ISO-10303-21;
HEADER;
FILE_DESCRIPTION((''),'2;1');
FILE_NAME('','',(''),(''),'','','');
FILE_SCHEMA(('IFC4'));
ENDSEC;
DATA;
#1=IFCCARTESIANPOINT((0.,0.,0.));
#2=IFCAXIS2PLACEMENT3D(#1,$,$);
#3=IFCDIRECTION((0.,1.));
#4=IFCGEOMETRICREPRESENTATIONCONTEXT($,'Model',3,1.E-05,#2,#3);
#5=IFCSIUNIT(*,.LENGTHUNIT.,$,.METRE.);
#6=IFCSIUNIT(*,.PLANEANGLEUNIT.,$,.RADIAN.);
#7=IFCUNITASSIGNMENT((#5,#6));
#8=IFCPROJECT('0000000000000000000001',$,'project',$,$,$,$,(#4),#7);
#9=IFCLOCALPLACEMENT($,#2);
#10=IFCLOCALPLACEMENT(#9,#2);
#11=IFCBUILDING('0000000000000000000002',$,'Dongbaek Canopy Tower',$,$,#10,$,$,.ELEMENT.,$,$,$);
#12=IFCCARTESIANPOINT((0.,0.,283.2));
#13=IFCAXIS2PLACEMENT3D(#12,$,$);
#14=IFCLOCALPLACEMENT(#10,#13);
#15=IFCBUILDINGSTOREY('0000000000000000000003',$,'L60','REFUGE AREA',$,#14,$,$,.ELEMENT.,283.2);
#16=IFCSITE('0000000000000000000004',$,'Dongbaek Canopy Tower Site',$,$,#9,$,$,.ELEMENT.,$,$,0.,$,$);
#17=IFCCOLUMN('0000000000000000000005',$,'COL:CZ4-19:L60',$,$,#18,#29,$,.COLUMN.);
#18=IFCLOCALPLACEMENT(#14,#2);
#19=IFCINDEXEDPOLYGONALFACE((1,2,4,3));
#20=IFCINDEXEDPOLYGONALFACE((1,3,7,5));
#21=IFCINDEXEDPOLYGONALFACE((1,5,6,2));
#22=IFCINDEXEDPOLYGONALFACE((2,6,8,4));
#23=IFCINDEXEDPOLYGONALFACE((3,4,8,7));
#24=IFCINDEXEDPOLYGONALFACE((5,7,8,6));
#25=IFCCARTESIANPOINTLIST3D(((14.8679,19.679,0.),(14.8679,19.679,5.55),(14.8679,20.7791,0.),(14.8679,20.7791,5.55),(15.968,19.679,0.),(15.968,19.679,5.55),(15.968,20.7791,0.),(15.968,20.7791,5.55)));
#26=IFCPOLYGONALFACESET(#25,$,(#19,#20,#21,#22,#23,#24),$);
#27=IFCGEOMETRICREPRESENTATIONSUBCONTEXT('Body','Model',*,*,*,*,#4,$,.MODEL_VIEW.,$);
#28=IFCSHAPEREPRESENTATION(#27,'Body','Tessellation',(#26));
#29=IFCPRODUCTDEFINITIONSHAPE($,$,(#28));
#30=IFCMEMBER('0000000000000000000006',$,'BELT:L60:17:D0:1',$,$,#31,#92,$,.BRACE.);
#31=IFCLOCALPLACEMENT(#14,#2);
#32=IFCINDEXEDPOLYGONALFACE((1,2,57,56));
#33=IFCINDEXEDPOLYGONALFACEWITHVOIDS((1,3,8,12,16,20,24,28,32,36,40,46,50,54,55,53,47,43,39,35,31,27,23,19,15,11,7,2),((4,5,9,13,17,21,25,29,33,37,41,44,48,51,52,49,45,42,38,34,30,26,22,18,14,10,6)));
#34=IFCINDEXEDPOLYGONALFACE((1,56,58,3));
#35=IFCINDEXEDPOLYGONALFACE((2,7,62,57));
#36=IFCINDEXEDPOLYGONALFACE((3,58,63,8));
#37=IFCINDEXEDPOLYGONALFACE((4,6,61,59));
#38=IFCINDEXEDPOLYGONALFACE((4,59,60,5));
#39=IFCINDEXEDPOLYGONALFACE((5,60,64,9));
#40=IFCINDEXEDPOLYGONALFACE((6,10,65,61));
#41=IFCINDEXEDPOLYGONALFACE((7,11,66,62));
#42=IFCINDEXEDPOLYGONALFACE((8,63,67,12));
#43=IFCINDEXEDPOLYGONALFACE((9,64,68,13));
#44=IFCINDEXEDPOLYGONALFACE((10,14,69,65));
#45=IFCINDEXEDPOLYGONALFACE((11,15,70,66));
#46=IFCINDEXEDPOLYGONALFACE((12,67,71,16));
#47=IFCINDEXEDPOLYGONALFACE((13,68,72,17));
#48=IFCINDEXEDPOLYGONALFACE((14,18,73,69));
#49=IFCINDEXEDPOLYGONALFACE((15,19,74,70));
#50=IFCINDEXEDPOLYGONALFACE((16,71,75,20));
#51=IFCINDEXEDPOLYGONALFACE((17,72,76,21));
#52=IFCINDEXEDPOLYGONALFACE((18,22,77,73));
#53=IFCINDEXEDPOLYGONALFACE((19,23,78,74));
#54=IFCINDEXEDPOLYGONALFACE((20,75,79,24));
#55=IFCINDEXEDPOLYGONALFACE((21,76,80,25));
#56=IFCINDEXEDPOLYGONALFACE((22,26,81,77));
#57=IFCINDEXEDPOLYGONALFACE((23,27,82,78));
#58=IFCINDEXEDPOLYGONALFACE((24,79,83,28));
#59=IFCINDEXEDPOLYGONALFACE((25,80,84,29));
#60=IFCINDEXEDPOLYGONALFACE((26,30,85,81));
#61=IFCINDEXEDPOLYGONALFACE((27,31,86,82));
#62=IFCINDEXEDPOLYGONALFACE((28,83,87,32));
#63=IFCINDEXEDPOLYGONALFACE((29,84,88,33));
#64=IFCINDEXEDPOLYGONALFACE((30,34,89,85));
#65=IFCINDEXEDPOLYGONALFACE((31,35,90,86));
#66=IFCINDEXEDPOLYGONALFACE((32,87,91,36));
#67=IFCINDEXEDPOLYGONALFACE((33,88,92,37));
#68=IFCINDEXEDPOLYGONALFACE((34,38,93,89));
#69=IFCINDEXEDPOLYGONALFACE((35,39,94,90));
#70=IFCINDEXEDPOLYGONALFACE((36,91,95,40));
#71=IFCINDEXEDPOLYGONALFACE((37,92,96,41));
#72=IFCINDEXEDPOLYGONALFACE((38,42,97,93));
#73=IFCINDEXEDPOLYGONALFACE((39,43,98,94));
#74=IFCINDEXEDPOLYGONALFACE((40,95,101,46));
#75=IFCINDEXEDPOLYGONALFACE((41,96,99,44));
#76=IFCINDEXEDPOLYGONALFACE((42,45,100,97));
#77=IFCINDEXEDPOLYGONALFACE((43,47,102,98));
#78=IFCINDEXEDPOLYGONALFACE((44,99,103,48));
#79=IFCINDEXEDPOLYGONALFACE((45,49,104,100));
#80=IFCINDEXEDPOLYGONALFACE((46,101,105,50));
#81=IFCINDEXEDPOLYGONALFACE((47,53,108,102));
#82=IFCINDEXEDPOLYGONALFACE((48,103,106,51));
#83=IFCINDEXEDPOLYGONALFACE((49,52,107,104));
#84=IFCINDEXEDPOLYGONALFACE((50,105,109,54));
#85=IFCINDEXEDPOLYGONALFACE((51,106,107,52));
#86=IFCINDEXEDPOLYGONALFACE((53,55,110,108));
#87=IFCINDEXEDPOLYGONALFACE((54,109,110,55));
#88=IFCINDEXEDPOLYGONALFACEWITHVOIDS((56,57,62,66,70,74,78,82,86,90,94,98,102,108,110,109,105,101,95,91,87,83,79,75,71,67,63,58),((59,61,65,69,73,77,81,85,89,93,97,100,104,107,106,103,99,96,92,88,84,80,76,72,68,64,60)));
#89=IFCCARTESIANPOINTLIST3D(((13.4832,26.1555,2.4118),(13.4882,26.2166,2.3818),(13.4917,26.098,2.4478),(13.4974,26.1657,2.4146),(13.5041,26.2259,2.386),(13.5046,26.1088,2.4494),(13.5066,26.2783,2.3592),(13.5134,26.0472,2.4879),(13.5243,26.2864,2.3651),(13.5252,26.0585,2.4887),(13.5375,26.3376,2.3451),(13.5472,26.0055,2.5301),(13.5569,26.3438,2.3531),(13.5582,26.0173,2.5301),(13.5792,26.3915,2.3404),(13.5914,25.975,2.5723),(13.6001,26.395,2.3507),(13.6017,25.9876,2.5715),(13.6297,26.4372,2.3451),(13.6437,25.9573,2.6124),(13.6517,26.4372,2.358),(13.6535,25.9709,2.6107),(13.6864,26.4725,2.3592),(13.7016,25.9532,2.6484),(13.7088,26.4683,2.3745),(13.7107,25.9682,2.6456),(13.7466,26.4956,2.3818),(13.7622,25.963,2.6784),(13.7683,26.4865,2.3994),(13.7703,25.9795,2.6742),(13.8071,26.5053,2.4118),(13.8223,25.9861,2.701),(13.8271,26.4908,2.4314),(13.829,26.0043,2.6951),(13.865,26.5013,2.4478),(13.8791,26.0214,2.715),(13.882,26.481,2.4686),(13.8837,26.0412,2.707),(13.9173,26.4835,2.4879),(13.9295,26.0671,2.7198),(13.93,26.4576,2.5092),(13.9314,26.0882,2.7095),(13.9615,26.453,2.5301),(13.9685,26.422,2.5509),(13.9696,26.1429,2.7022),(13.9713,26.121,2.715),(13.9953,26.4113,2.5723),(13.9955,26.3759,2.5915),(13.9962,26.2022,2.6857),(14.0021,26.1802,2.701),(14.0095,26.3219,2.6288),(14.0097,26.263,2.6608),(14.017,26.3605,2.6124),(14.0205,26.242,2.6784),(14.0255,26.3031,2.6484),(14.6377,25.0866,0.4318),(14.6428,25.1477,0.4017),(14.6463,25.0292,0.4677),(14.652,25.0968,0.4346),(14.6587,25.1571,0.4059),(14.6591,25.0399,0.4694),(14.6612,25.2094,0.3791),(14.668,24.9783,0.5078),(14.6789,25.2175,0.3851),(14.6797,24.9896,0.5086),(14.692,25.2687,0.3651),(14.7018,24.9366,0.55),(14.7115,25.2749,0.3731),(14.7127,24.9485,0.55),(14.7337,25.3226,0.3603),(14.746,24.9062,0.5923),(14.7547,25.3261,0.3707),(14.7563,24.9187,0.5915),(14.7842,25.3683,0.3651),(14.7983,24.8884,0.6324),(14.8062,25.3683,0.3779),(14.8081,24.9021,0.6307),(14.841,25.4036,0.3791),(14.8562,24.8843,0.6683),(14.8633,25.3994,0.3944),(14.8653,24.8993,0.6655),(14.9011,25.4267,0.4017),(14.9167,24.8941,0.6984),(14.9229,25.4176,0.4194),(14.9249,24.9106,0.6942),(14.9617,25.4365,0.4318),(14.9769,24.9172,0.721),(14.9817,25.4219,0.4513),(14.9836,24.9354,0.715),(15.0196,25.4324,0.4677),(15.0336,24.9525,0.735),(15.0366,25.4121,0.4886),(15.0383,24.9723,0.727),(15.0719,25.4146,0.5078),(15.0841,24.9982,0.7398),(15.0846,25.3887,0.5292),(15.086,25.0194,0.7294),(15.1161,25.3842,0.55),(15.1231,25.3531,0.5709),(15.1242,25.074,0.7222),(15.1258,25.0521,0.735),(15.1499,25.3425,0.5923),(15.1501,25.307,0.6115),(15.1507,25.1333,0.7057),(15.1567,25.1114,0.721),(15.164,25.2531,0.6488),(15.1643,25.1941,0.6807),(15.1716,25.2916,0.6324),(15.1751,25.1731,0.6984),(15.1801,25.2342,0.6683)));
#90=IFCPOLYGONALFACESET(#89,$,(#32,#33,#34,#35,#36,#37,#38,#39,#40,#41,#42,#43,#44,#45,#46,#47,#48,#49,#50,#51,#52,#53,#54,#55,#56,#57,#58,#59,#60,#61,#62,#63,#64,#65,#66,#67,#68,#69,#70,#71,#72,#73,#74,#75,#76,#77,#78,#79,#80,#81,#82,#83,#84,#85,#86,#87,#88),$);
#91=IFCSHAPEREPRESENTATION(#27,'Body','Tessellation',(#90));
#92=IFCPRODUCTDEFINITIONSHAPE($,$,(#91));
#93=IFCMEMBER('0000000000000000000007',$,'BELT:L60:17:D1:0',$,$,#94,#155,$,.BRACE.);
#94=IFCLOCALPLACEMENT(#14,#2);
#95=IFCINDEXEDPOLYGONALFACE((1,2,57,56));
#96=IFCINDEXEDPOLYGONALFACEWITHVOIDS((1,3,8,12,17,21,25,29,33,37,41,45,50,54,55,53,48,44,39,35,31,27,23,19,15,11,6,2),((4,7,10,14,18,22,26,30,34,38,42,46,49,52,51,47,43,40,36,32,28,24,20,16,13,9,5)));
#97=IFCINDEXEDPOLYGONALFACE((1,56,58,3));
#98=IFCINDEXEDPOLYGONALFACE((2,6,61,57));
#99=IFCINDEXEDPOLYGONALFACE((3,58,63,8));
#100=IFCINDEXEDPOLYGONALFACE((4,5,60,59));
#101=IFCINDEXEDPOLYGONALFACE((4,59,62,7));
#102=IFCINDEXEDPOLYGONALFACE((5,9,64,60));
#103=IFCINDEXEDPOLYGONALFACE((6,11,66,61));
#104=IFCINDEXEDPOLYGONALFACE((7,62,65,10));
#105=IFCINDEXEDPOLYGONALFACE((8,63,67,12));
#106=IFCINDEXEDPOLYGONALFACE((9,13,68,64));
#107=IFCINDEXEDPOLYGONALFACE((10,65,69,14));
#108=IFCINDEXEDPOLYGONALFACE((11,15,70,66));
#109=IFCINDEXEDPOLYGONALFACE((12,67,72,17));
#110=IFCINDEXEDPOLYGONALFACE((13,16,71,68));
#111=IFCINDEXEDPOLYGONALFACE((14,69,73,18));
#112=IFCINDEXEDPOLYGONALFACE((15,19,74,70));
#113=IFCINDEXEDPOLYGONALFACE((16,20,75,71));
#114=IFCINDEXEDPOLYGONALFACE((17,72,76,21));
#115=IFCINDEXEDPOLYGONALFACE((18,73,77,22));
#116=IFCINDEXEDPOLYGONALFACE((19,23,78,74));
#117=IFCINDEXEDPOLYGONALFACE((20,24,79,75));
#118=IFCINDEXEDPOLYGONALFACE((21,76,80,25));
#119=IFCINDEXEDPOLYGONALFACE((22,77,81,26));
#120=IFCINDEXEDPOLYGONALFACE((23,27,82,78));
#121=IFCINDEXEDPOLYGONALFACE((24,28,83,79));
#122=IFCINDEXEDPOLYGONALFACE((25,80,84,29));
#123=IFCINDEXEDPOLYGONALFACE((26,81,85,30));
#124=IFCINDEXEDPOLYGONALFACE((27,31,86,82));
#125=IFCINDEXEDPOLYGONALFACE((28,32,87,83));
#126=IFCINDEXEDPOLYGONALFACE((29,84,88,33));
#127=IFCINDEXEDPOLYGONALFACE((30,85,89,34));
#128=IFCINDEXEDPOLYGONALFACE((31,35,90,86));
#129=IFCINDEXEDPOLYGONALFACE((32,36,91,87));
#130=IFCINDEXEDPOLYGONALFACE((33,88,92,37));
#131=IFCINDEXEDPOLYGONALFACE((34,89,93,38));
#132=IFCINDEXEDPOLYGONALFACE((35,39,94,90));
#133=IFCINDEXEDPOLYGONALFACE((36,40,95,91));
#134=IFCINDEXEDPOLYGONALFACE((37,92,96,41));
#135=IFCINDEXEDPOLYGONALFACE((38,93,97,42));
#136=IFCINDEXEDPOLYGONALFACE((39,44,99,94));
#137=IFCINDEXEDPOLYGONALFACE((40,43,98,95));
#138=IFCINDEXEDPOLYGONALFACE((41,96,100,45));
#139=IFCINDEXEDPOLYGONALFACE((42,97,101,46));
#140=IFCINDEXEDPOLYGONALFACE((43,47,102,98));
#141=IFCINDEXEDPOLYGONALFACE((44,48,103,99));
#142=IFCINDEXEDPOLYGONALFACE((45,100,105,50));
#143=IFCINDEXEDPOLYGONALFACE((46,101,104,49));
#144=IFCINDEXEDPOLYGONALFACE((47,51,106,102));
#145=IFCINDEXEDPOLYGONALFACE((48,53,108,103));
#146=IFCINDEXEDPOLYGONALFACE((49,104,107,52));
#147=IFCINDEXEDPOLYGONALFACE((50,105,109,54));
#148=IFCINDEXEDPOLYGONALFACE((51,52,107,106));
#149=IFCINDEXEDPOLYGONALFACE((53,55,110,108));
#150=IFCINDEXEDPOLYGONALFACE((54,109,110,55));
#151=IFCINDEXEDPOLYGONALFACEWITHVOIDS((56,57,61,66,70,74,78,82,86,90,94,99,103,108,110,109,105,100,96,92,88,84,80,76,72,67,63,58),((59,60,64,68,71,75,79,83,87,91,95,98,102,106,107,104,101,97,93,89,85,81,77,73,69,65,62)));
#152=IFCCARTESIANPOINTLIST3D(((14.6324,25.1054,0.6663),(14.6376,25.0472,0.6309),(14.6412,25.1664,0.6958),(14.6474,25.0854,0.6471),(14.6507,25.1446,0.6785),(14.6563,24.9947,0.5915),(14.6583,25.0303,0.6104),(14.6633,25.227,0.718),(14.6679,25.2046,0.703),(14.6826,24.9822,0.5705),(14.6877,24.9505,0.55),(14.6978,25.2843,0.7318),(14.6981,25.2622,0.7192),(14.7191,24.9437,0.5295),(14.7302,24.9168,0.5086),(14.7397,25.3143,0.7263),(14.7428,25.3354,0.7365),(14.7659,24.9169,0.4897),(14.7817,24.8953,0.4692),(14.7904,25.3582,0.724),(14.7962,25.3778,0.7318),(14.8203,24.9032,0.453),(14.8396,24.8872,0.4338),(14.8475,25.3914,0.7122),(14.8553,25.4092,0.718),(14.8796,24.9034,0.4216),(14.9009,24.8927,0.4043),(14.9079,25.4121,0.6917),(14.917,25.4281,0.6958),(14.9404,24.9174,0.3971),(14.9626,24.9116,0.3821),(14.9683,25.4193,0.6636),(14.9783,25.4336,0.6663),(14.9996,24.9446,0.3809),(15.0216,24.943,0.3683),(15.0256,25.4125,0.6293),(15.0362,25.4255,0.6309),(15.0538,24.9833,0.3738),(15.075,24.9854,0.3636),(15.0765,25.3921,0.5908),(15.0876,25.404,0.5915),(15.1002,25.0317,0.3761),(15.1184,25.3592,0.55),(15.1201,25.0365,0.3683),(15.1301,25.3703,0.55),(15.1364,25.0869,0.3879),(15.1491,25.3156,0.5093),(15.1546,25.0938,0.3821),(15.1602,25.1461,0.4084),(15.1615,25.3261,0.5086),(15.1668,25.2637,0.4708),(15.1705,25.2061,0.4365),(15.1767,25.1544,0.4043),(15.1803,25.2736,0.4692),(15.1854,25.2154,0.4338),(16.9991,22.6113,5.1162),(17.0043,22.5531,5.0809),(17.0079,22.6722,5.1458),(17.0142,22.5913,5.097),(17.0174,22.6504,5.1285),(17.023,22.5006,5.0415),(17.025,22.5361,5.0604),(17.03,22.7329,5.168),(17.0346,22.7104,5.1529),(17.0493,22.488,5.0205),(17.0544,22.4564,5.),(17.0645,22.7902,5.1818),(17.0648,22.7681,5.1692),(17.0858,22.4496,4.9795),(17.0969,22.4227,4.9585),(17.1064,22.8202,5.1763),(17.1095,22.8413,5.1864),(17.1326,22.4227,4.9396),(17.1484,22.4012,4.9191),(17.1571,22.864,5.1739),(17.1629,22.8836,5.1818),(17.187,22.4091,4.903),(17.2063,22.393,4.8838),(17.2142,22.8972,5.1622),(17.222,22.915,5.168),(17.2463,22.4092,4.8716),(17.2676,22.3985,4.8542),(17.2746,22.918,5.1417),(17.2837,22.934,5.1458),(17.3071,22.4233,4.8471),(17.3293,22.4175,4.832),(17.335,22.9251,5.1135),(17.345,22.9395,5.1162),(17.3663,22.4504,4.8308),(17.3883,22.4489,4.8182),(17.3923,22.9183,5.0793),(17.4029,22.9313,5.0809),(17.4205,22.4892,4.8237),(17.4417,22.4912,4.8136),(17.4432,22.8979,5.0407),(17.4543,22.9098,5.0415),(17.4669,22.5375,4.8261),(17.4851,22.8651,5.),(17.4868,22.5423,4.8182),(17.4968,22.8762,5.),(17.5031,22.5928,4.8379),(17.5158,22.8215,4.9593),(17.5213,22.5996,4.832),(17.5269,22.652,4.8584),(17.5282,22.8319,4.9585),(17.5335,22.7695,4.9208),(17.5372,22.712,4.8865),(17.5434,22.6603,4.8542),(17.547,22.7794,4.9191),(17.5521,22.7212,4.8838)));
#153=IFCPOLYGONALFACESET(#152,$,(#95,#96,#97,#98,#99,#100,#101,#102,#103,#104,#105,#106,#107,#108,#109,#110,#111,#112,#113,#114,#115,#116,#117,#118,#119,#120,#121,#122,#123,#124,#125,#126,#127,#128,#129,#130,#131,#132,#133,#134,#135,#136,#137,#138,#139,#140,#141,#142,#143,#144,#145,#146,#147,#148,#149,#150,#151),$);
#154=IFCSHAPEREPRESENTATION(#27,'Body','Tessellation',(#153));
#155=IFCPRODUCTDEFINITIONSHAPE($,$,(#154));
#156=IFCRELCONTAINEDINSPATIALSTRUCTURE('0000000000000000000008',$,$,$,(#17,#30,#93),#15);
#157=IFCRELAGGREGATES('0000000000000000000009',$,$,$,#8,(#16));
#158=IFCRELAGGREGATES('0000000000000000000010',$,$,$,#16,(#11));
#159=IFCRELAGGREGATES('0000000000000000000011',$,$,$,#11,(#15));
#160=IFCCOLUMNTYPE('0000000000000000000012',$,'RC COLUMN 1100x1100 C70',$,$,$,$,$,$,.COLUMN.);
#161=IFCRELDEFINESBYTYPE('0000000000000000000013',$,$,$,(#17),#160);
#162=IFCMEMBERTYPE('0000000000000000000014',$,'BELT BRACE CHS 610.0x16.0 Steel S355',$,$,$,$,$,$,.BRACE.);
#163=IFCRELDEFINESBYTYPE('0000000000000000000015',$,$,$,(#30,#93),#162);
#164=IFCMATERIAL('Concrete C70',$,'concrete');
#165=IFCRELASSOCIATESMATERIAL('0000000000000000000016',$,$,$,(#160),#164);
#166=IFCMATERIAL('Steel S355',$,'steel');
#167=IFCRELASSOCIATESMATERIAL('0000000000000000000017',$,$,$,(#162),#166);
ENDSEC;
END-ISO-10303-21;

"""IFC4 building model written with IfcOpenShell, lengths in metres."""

from ifc_helpers import new_model, si_unit, direction, frame, origin, origin_2d, place, context, subcontext, project, spatial, rectangle, hollow_circle, extrude, material, material_profile, profile_set, type_object, element, save


model = new_model("IFC4")

# Units and contexts
model_context = context("Model", 3, precision=1e-05, world=origin(), true_north=direction((0.0, 1.0)))
body_context = subcontext(model_context, "Body", "Model", "MODEL_VIEW")
ifc_project = project(units=[si_unit("LENGTHUNIT", "METRE"), si_unit("PLANEANGLEUNIT", "RADIAN")], contexts=[model_context])

# Site, building, storey
site_placement = place(None, origin())
site = spatial("IfcSite", under=ifc_project, at=site_placement, Name="Dongbaek Canopy Tower Site", CompositionType="ELEMENT", RefElevation=0.0)
building_placement = place(site_placement, origin())
building = spatial("IfcBuilding", under=site, at=building_placement, Name="Dongbaek Canopy Tower", CompositionType="ELEMENT")
storey_placement = place(building_placement, frame((0.0, 0.0, 283.2)))
storey = spatial("IfcBuildingStorey", under=building, at=storey_placement, Name="L60", Description="REFUGE AREA", CompositionType="ELEMENT", Elevation=283.2)

# Column
ifc_material_1 = material(Name="Concrete C70", Category="concrete")
ifc_material_profile_1 = material_profile(ifc_material_1, rectangle(XDim=1.1001, YDim=1.1001, at=origin_2d()), Name="RC COLUMN 1100x1100 C70")
ifc_profile_set_1 = profile_set([ifc_material_profile_1], Name="Concrete C70")
column_type = type_object("IfcColumnType", Name="RC COLUMN 1100x1100 C70", PredefinedType="COLUMN", material=ifc_profile_set_1)
column_placement = place(storey_placement, frame((15.418, 20.229, 0.0), z_axis=(0.0, 0.0, 1.0), x_axis=(1.0, 0.0, 0.0)))
element("IfcColumn", 1, at=column_placement, inside=storey, type_object=column_type, Name="COL:CZ4-19:L60", PredefinedType="COLUMN", context=body_context, shape_type="SweptSolid", body=[
    extrude(rectangle(XDim=1.1001, YDim=1.1001, at=origin_2d()), origin(), (0.0, 0.0, 1.0), 5.55),
])

# Members
ifc_material_2 = material(Name="Steel S355", Category="steel")
ifc_material_profile_2 = material_profile(ifc_material_2, hollow_circle(Radius=0.3049, WallThickness=0.0161, at=origin_2d()), Name="BELT BRACE CHS 610.0x16.0 Steel S355")
ifc_profile_set_2 = profile_set([ifc_material_profile_2], Name="Steel S355")
member_type_1 = type_object("IfcMemberType", Name="BELT BRACE CHS 610.0x16.0 Steel S355", PredefinedType="BRACE", material=ifc_profile_set_2)
member_1_placement = place(storey_placement, frame((14.9089, 25.1604, 0.55), z_axis=(-0.456525, 0.42264, 0.782918), x_axis=(-0.679349, -0.733815, 0.0)))
element("IfcMember", 2, at=member_1_placement, inside=storey, type_object=member_type_1, Name="BELT:L60:17:D0:1", PredefinedType="BRACE", context=body_context, shape_type="SweptSolid", body=[
    extrude(hollow_circle(Radius=0.3049, WallThickness=0.0161, at=origin_2d()), origin(), (0.0, 0.0, 1.0), 2.5291),
])
member_2_placement = place(storey_placement, frame((14.9089, 25.1604, 0.55), z_axis=(0.420857, -0.443519, 0.791309), x_axis=(0.725396, 0.688331, 0.0)))
element("IfcMember", 3, at=member_2_placement, inside=storey, type_object=member_type_1, Name="BELT:L60:17:D1:0", PredefinedType="BRACE", context=body_context, shape_type="SweptSolid", body=[
    extrude(hollow_circle(Radius=0.3049, WallThickness=0.0161, at=origin_2d()), origin(), (0.0, 0.0, 1.0), 5.6235),
])

save(model, "model.ifc")
